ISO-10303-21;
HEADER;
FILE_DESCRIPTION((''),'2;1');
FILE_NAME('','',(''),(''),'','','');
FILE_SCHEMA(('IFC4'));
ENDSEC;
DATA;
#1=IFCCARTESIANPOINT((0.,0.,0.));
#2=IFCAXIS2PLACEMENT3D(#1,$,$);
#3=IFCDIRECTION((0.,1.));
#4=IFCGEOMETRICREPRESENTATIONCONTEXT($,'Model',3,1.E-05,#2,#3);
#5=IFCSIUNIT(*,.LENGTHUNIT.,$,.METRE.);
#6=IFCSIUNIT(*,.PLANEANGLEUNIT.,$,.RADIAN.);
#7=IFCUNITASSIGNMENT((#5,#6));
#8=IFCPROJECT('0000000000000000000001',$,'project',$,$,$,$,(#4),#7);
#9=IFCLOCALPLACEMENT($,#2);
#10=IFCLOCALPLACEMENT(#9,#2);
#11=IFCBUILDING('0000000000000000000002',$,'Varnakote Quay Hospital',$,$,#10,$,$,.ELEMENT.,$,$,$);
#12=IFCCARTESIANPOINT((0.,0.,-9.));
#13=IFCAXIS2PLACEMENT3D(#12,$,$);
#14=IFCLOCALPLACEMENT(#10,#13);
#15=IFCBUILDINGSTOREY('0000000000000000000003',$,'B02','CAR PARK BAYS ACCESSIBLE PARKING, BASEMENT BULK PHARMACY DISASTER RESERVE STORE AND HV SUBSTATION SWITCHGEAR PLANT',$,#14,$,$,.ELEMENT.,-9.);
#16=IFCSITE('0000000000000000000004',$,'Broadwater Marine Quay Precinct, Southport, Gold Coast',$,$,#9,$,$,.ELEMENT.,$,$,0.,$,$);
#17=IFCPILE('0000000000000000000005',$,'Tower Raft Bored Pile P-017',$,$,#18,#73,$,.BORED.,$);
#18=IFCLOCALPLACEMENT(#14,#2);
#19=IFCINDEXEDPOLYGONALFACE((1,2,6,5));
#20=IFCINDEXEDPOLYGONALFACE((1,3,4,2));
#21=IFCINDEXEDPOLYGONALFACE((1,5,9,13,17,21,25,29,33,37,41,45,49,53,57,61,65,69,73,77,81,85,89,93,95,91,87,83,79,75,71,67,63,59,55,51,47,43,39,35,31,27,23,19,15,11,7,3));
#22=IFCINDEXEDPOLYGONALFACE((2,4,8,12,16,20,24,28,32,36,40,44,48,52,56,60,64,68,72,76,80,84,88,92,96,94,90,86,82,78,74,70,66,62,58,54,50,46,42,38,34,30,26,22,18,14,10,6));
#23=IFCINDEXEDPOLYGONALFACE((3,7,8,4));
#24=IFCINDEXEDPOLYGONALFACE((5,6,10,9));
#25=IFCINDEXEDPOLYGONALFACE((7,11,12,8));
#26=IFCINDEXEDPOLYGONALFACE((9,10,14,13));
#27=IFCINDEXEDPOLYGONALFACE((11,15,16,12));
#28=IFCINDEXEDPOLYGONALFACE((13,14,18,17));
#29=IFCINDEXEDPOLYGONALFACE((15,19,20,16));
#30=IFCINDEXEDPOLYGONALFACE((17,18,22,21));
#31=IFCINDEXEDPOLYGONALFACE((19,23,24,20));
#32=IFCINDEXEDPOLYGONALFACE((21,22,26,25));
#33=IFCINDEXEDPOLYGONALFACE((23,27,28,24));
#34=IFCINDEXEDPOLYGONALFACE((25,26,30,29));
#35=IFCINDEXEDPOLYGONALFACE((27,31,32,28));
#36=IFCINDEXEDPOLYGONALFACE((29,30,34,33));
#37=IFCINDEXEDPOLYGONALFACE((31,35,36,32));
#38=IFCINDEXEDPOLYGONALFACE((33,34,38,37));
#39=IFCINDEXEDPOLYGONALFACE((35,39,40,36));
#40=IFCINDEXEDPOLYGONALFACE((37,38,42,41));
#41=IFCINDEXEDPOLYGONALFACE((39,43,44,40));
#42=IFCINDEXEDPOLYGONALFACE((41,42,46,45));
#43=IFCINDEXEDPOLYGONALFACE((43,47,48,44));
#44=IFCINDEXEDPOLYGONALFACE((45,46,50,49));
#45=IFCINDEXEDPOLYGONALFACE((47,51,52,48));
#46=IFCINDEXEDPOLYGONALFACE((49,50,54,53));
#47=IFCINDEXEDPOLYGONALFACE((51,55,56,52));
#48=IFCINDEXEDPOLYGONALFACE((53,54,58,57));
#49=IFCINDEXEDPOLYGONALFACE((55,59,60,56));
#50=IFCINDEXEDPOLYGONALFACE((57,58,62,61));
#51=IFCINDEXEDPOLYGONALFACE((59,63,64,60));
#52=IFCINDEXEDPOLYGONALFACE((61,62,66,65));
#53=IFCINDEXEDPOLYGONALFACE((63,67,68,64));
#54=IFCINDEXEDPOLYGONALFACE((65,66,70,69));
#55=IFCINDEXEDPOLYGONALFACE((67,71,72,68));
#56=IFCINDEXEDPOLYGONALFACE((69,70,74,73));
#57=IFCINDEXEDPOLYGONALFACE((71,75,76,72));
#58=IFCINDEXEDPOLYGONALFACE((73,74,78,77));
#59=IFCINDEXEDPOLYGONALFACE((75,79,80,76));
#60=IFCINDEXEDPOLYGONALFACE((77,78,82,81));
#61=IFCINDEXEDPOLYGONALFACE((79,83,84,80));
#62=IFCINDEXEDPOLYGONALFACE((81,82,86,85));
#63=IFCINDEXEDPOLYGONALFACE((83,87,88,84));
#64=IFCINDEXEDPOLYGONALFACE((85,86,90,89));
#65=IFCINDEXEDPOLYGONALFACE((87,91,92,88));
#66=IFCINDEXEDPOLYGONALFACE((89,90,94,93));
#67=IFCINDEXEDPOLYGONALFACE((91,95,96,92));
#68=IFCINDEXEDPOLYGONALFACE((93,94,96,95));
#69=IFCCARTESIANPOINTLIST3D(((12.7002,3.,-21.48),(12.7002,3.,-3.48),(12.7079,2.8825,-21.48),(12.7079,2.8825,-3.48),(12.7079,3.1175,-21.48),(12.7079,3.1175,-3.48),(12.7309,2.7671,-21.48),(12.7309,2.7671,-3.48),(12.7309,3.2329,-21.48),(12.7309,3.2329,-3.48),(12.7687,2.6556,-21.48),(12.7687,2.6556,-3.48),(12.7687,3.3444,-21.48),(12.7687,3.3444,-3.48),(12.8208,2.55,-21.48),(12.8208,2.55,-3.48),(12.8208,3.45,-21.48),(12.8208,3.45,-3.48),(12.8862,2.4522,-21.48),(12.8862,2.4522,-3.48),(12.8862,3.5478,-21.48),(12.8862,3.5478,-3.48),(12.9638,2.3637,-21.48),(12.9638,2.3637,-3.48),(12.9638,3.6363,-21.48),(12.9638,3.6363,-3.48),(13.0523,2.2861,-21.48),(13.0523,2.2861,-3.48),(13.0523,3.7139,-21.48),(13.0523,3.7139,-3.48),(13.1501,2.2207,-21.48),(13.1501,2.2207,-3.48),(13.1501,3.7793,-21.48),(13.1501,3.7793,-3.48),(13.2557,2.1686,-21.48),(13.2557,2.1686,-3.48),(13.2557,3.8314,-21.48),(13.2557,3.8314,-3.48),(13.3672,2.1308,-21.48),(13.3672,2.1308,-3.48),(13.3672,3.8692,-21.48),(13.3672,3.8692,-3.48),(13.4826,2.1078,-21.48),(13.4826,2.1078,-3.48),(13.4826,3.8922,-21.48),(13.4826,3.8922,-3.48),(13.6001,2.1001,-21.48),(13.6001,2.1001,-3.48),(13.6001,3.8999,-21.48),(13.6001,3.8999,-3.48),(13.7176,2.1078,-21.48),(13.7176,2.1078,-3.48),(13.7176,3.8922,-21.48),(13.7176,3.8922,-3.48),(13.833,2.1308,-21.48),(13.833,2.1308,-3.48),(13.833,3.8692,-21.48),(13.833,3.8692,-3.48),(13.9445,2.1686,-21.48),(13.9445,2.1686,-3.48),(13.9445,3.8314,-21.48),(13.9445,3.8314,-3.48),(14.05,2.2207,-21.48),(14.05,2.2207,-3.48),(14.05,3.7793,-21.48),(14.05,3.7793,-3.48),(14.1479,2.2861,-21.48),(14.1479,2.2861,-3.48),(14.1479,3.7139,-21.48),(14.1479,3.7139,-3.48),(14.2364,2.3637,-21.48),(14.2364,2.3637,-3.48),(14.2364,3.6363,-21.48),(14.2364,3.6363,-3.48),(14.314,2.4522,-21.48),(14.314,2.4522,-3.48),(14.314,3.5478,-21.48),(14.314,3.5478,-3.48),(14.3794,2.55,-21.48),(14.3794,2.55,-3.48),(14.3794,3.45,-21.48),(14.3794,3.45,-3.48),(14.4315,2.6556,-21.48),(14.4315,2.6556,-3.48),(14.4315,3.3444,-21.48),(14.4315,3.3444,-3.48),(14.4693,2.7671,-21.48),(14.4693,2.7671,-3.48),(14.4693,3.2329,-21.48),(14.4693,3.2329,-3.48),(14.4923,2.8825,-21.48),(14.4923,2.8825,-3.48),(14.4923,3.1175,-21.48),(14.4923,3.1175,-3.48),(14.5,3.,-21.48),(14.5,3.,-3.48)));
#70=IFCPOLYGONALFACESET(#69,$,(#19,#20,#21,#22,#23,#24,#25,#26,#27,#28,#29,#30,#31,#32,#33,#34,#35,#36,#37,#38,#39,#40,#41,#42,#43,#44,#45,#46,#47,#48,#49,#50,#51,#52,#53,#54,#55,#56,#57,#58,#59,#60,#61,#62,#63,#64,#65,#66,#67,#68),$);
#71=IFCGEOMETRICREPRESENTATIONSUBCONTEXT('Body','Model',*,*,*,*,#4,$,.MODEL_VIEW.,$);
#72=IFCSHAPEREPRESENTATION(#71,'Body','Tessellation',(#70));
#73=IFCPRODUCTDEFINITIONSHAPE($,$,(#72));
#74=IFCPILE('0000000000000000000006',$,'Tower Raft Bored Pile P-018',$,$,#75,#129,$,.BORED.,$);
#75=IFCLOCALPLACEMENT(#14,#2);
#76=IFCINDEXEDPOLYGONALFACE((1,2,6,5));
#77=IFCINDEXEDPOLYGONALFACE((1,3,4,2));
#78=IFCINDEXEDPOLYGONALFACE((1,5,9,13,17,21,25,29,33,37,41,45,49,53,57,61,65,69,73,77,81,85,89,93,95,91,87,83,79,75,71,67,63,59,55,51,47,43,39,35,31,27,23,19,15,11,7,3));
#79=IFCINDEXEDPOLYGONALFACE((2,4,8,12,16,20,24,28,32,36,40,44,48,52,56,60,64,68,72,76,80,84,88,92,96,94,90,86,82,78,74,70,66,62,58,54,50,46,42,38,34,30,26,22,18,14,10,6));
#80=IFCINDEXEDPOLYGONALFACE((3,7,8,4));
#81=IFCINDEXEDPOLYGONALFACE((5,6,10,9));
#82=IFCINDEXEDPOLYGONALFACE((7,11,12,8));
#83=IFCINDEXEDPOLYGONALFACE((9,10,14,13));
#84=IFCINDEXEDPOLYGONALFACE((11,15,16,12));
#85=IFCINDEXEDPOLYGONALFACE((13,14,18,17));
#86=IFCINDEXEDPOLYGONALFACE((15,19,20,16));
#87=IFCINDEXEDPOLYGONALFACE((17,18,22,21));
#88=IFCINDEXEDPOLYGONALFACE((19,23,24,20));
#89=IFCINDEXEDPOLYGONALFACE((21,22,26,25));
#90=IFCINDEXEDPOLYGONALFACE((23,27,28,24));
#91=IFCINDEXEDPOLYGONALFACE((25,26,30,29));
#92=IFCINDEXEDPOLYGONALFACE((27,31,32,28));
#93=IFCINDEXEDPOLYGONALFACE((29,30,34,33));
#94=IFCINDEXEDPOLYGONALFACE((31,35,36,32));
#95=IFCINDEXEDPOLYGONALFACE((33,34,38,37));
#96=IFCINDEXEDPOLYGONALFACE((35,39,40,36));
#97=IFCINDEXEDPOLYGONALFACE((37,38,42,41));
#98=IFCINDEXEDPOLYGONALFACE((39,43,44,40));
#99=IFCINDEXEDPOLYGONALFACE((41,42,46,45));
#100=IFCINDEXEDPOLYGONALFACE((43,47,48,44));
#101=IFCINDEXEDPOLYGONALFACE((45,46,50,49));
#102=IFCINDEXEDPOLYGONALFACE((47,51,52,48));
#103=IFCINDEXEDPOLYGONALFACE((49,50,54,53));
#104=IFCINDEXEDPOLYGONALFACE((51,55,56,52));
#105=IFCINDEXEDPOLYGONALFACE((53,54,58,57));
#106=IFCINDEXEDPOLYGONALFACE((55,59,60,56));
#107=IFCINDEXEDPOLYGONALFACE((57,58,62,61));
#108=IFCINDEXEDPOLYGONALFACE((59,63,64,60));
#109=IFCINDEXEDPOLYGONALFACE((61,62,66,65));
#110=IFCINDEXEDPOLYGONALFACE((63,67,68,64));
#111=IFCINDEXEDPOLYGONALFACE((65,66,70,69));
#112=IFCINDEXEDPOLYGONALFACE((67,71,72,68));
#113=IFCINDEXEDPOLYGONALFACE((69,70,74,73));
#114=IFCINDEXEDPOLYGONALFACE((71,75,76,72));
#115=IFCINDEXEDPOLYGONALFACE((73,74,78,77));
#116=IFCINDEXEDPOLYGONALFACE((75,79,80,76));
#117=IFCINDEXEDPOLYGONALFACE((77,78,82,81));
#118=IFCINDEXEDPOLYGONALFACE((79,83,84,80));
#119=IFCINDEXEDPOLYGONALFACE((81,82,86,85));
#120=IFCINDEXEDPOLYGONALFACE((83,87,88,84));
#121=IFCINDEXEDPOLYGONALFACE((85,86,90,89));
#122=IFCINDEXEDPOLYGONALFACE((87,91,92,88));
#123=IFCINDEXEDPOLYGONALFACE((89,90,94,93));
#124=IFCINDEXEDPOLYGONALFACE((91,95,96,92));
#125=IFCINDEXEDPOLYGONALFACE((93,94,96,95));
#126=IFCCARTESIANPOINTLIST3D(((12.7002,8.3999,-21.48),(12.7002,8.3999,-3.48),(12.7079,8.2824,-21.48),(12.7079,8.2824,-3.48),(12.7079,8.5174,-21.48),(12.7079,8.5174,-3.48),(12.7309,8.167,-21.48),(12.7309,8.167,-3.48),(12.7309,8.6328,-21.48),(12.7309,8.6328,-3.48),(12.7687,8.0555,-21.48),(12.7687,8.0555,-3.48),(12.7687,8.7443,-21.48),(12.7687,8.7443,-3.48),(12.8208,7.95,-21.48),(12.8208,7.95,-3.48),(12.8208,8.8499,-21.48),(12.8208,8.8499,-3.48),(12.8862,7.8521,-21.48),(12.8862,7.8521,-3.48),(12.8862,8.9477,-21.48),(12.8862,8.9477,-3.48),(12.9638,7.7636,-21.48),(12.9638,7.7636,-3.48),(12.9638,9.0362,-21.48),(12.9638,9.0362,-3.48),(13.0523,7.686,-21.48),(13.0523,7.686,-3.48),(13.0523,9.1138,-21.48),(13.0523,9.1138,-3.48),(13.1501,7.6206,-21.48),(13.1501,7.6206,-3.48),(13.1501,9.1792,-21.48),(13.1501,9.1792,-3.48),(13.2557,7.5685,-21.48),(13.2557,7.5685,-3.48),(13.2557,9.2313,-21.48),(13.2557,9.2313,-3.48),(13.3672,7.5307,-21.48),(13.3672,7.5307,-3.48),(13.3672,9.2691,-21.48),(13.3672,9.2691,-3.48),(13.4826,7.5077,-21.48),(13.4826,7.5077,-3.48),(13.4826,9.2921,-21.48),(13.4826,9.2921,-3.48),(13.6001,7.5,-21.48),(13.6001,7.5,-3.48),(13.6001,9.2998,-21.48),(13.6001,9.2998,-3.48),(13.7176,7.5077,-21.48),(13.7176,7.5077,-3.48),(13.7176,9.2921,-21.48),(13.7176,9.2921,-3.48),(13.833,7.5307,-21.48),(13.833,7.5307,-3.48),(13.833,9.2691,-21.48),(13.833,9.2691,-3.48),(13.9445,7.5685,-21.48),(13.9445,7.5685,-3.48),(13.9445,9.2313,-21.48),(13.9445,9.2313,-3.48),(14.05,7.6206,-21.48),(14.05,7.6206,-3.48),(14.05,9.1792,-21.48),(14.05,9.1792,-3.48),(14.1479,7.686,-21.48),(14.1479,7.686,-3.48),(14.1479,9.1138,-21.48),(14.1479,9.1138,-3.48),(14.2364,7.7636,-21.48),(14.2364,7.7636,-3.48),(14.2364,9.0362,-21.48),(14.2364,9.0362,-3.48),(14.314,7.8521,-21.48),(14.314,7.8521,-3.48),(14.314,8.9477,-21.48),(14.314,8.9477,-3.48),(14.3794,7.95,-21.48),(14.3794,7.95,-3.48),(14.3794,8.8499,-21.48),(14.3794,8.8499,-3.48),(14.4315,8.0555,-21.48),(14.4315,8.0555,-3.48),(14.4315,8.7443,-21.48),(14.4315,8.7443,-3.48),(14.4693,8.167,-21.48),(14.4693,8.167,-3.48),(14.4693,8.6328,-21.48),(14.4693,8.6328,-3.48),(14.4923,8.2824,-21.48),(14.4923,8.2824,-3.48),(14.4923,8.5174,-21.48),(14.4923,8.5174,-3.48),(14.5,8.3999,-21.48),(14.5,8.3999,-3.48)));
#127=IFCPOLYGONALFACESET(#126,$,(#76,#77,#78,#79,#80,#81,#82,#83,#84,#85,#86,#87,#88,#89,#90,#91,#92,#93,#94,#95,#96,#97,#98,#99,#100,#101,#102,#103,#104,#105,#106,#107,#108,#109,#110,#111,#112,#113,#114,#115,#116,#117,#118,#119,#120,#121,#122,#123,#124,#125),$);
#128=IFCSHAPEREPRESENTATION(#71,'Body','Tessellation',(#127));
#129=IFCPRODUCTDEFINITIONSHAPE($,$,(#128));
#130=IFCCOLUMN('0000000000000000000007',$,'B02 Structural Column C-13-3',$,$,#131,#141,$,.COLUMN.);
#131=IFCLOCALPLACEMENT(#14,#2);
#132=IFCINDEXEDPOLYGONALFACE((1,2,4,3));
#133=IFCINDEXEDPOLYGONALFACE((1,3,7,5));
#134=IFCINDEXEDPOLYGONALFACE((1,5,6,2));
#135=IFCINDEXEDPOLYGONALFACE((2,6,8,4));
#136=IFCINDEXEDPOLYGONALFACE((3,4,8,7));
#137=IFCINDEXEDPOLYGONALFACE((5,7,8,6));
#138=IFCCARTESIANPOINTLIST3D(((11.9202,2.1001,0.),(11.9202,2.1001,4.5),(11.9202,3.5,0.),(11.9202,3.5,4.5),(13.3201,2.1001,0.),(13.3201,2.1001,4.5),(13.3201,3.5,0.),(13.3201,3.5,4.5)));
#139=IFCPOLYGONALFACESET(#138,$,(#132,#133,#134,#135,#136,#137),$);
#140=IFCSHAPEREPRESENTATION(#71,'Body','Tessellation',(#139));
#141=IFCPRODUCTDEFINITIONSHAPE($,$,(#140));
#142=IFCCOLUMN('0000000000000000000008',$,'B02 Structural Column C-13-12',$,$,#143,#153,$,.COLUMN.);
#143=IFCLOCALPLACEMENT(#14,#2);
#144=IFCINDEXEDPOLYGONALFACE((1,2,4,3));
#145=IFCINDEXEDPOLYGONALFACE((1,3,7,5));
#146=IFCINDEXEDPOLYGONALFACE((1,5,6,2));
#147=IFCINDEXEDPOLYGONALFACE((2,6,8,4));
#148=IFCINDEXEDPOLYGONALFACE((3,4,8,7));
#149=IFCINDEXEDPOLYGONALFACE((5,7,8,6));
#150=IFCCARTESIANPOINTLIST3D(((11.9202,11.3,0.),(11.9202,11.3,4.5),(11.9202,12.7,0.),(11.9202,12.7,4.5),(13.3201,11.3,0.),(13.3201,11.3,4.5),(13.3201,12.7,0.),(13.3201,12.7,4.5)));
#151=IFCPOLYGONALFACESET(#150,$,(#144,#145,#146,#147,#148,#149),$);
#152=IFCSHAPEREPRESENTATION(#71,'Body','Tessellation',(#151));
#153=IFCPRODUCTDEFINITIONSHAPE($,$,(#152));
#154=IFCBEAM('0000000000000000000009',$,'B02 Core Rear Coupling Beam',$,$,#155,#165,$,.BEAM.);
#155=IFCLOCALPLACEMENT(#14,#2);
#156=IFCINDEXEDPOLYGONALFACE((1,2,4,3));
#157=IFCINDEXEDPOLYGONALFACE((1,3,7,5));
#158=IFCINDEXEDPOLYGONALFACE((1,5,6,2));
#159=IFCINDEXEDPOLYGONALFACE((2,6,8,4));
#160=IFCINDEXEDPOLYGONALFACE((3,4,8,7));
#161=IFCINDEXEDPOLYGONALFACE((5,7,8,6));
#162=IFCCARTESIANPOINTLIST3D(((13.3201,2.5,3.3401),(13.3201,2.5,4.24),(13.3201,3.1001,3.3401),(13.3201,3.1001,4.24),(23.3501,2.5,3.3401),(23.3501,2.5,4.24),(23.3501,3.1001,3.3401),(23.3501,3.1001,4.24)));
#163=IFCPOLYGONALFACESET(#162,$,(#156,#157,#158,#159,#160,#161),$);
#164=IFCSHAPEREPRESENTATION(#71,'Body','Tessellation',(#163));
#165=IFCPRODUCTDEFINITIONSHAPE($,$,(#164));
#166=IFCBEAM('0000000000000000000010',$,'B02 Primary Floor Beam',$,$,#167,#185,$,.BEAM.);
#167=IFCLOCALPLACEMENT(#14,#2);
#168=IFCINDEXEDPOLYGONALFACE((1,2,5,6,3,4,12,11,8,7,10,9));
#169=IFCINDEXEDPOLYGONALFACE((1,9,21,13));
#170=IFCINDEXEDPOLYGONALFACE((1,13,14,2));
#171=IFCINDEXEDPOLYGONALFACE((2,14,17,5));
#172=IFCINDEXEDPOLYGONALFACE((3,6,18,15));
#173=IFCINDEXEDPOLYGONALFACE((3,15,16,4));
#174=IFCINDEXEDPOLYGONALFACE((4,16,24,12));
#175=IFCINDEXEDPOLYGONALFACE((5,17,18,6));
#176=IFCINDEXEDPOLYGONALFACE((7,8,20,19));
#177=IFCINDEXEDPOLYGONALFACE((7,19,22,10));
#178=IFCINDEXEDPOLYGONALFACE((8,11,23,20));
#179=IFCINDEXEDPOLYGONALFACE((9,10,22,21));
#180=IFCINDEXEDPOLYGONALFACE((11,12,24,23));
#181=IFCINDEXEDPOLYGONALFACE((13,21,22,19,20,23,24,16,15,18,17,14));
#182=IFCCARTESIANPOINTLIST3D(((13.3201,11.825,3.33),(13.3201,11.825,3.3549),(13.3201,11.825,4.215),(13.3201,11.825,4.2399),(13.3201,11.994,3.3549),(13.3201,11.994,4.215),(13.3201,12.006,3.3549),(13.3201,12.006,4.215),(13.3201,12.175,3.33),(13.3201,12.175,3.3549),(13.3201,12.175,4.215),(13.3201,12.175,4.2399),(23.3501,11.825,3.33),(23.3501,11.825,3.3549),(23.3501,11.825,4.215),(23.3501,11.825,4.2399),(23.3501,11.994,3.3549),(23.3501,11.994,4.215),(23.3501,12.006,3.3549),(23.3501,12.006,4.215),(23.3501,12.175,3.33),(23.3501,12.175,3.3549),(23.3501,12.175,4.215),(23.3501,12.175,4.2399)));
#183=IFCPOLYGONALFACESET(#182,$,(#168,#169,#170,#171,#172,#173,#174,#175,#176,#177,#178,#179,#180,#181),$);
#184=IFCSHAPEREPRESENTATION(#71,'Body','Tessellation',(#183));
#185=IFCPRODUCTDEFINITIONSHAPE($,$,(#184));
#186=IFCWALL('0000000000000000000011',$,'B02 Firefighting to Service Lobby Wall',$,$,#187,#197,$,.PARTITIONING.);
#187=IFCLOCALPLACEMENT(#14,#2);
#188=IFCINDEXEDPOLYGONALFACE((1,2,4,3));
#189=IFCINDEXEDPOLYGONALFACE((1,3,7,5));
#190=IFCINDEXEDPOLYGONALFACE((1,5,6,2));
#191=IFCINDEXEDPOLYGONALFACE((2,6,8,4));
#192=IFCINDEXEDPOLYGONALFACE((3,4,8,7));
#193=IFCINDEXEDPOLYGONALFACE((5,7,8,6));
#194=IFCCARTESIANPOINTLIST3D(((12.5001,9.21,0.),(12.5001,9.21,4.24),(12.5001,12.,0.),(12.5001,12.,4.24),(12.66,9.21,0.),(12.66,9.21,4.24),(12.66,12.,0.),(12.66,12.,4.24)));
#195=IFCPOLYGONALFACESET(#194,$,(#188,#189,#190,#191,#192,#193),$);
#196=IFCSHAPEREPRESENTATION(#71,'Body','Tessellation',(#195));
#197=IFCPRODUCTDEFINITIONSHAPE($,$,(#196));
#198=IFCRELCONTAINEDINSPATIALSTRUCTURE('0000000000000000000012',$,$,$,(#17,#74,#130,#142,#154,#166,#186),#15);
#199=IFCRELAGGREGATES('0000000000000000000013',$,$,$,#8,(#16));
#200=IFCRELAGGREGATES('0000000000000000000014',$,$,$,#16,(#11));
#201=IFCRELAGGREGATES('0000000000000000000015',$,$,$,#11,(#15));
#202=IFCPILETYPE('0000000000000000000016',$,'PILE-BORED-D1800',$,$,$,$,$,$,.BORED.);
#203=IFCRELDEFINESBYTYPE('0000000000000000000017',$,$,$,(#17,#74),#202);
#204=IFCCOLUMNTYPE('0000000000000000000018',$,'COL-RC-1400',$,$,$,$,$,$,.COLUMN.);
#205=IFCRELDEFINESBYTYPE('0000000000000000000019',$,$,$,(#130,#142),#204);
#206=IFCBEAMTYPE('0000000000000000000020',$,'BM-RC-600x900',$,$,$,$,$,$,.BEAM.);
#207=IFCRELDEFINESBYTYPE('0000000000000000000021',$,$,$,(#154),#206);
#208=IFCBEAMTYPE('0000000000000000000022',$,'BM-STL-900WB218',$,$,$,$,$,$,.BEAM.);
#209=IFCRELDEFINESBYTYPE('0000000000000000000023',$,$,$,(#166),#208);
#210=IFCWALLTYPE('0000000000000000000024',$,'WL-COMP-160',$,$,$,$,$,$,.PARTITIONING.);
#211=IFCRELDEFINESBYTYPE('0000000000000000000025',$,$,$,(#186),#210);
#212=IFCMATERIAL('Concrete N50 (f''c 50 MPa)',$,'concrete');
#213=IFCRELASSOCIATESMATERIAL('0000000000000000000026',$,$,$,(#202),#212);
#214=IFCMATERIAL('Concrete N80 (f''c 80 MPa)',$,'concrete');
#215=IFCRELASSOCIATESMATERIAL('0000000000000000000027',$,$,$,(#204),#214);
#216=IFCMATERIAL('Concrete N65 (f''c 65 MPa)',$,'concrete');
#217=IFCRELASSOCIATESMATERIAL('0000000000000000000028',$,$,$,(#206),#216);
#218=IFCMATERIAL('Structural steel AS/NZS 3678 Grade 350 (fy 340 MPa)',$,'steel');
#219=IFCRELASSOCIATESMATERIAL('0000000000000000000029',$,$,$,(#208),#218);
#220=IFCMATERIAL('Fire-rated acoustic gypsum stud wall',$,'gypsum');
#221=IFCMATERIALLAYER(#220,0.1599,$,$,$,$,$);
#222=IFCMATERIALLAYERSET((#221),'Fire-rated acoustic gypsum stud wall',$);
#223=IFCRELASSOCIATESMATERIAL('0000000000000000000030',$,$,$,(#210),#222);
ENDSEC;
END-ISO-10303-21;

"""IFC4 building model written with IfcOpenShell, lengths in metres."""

from ifc_helpers import new_model, si_unit, direction, frame, frame_2d, origin, origin_2d, place, context, subcontext, project, spatial, rectangle, circle, i_section, extrude, material, layer, layer_set, material_profile, profile_set, type_object, element, save


model = new_model("IFC4")

# Units and contexts
model_context = context("Model", 3, precision=1e-05, world=origin(), true_north=direction((0.0, 1.0)))
body_context = subcontext(model_context, "Body", "Model", "MODEL_VIEW")
ifc_project = project(units=[si_unit("LENGTHUNIT", "METRE"), si_unit("PLANEANGLEUNIT", "RADIAN")], contexts=[model_context])

# Site, building, storey
site_placement = place(None, origin())
site = spatial("IfcSite", under=ifc_project, at=site_placement, Name="Broadwater Marine Quay Precinct, Southport, Gold Coast", CompositionType="ELEMENT", RefElevation=0.0)
building_placement = place(site_placement, origin())
building = spatial("IfcBuilding", under=site, at=building_placement, Name="Varnakote Quay Hospital", CompositionType="ELEMENT")
storey_placement = place(building_placement, frame((0.0, 0.0, -9.0)))
storey = spatial("IfcBuildingStorey", under=building, at=storey_placement, Name="B02", Description="CAR PARK BAYS ACCESSIBLE PARKING, BASEMENT BULK PHARMACY DISASTER RESERVE STORE AND HV SUBSTATION SWITCHGEAR PLANT", CompositionType="ELEMENT", Elevation=-9.0)

# Piles
ifc_material_1 = material(Name="Concrete N50 (f'c 50 MPa)", Category="concrete")
ifc_material_profile_1 = material_profile(ifc_material_1, circle(Radius=0.8999, at=origin_2d()), Name="PILE-D1800")
ifc_profile_set_1 = profile_set([ifc_material_profile_1], Name="Concrete N50 (f'c 50 MPa)")
pile_type = type_object("IfcPileType", Name="PILE-BORED-D1800", PredefinedType="BORED", material=ifc_profile_set_1)
for number, where, z_axis, x_axis, name in (
    (1, (13.6001, 3.0, -3.48), (0.0, 0.0, -1.0), (1.0, 0.0, 0.0), "Tower Raft Bored Pile P-017"),
    (2, (13.6001, 8.3999, -3.48), (0.0, 0.0, -1.0), (1.0, 0.0, 0.0), "Tower Raft Bored Pile P-018"),
):
    element("IfcPile", number, at=place(storey_placement, frame(where, z_axis=z_axis, x_axis=x_axis)), inside=storey, type_object=pile_type, Name=name, PredefinedType="BORED", context=body_context, shape_type="SweptSolid", body=[
        extrude(circle(Radius=0.8999, at=origin_2d()), origin(), (0.0, 0.0, 1.0), 18.0),
    ])

# Columns
ifc_material_2 = material(Name="Concrete N80 (f'c 80 MPa)", Category="concrete")
ifc_material_profile_2 = material_profile(ifc_material_2, rectangle(XDim=1.3999, YDim=1.3999, at=origin_2d()), Name="RC-COL-1400x1400")
ifc_profile_set_2 = profile_set([ifc_material_profile_2], Name="Concrete N80 (f'c 80 MPa)")
column_type = type_object("IfcColumnType", Name="COL-RC-1400", PredefinedType="COLUMN", material=ifc_profile_set_2)
for number, where, z_axis, x_axis, name in (
    (3, (12.6201, 2.8, 0.0), (0.0, 0.0, 1.0), (1.0, 0.0, 0.0), "B02 Structural Column C-13-3"),
    (4, (12.6201, 12.0, 0.0), (0.0, 0.0, 1.0), (1.0, 0.0, 0.0), "B02 Structural Column C-13-12"),
):
    element("IfcColumn", number, at=place(storey_placement, frame(where, z_axis=z_axis, x_axis=x_axis)), inside=storey, type_object=column_type, Name=name, PredefinedType="COLUMN", context=body_context, shape_type="SweptSolid", body=[
        extrude(rectangle(XDim=1.3999, YDim=1.3999, at=origin_2d()), origin(), (0.0, 0.0, 1.0), 4.5),
    ])

# Beams
ifc_material_3 = material(Name="Concrete N65 (f'c 65 MPa)", Category="concrete")
ifc_material_profile_3 = material_profile(ifc_material_3, rectangle(XDim=0.6001, YDim=0.8999, at=origin_2d()), Name="RC-BM-600x900")
ifc_profile_set_3 = profile_set([ifc_material_profile_3], Name="Concrete N65 (f'c 65 MPa)")
beam_type_1 = type_object("IfcBeamType", Name="BM-RC-600x900", PredefinedType="BEAM", material=ifc_profile_set_3)
beam_1_placement = place(storey_placement, frame((13.3201, 2.8, 3.79), z_axis=(1.0, 0.0, 0.0), x_axis=(0.0, 1.0, 0.0)))
element("IfcBeam", 5, at=beam_1_placement, inside=storey, type_object=beam_type_1, Name="B02 Core Rear Coupling Beam", PredefinedType="BEAM", context=body_context, shape_type="SweptSolid", body=[
    extrude(rectangle(XDim=0.6001, YDim=0.8999, at=origin_2d()), origin(), (0.0, 0.0, 1.0), 10.03),
])
ifc_material_4 = material(Name="Structural steel AS/NZS 3678 Grade 350 (fy 340 MPa)", Category="steel")
ifc_material_profile_4 = material_profile(ifc_material_4, i_section(OverallWidth=0.3501, OverallDepth=0.9099, WebThickness=0.012, FlangeThickness=0.0249, at=origin_2d()), Name="900WB218")
ifc_profile_set_4 = profile_set([ifc_material_profile_4], Name="Structural steel AS/NZS 3678 Grade 350 (fy 340 MPa)")
beam_type_2 = type_object("IfcBeamType", Name="BM-STL-900WB218", PredefinedType="BEAM", material=ifc_profile_set_4)
beam_2_placement = place(storey_placement, frame((13.3201, 12.0, 3.7849), z_axis=(1.0, 0.0, 0.0), x_axis=(0.0, 1.0, 0.0)))
element("IfcBeam", 6, at=beam_2_placement, inside=storey, type_object=beam_type_2, Name="B02 Primary Floor Beam", PredefinedType="BEAM", context=body_context, shape_type="SweptSolid", body=[
    extrude(i_section(OverallWidth=0.3501, OverallDepth=0.9099, WebThickness=0.012, FlangeThickness=0.0249, at=origin_2d()), origin(), (0.0, 0.0, 1.0), 10.03),
])

# Wall
ifc_material_5 = material(Name="Fire-rated acoustic gypsum stud wall", Category="gypsum")
ifc_layer_1 = layer(ifc_material_5, 0.1599)
ifc_layer_set_1 = layer_set([ifc_layer_1], Name="Fire-rated acoustic gypsum stud wall")
wall_type_1 = type_object("IfcWallType", Name="WL-COMP-160", PredefinedType="PARTITIONING", material=ifc_layer_set_1)
wall_1_placement = place(storey_placement, frame((12.5801, 9.21, 0.0), z_axis=(0.0, 0.0, 1.0), x_axis=(0.0, 1.0, 0.0)))
element("IfcWall", 7, at=wall_1_placement, inside=storey, type_object=wall_type_1, Name="B02 Firefighting to Service Lobby Wall", PredefinedType="PARTITIONING", context=body_context, shape_type="SweptSolid", body=[
    extrude(rectangle(XDim=2.79, YDim=0.1599, at=frame_2d((1.395, 0.0))), origin(), (0.0, 0.0, 1.0), 4.24),
])

save(model, "model.ifc")
